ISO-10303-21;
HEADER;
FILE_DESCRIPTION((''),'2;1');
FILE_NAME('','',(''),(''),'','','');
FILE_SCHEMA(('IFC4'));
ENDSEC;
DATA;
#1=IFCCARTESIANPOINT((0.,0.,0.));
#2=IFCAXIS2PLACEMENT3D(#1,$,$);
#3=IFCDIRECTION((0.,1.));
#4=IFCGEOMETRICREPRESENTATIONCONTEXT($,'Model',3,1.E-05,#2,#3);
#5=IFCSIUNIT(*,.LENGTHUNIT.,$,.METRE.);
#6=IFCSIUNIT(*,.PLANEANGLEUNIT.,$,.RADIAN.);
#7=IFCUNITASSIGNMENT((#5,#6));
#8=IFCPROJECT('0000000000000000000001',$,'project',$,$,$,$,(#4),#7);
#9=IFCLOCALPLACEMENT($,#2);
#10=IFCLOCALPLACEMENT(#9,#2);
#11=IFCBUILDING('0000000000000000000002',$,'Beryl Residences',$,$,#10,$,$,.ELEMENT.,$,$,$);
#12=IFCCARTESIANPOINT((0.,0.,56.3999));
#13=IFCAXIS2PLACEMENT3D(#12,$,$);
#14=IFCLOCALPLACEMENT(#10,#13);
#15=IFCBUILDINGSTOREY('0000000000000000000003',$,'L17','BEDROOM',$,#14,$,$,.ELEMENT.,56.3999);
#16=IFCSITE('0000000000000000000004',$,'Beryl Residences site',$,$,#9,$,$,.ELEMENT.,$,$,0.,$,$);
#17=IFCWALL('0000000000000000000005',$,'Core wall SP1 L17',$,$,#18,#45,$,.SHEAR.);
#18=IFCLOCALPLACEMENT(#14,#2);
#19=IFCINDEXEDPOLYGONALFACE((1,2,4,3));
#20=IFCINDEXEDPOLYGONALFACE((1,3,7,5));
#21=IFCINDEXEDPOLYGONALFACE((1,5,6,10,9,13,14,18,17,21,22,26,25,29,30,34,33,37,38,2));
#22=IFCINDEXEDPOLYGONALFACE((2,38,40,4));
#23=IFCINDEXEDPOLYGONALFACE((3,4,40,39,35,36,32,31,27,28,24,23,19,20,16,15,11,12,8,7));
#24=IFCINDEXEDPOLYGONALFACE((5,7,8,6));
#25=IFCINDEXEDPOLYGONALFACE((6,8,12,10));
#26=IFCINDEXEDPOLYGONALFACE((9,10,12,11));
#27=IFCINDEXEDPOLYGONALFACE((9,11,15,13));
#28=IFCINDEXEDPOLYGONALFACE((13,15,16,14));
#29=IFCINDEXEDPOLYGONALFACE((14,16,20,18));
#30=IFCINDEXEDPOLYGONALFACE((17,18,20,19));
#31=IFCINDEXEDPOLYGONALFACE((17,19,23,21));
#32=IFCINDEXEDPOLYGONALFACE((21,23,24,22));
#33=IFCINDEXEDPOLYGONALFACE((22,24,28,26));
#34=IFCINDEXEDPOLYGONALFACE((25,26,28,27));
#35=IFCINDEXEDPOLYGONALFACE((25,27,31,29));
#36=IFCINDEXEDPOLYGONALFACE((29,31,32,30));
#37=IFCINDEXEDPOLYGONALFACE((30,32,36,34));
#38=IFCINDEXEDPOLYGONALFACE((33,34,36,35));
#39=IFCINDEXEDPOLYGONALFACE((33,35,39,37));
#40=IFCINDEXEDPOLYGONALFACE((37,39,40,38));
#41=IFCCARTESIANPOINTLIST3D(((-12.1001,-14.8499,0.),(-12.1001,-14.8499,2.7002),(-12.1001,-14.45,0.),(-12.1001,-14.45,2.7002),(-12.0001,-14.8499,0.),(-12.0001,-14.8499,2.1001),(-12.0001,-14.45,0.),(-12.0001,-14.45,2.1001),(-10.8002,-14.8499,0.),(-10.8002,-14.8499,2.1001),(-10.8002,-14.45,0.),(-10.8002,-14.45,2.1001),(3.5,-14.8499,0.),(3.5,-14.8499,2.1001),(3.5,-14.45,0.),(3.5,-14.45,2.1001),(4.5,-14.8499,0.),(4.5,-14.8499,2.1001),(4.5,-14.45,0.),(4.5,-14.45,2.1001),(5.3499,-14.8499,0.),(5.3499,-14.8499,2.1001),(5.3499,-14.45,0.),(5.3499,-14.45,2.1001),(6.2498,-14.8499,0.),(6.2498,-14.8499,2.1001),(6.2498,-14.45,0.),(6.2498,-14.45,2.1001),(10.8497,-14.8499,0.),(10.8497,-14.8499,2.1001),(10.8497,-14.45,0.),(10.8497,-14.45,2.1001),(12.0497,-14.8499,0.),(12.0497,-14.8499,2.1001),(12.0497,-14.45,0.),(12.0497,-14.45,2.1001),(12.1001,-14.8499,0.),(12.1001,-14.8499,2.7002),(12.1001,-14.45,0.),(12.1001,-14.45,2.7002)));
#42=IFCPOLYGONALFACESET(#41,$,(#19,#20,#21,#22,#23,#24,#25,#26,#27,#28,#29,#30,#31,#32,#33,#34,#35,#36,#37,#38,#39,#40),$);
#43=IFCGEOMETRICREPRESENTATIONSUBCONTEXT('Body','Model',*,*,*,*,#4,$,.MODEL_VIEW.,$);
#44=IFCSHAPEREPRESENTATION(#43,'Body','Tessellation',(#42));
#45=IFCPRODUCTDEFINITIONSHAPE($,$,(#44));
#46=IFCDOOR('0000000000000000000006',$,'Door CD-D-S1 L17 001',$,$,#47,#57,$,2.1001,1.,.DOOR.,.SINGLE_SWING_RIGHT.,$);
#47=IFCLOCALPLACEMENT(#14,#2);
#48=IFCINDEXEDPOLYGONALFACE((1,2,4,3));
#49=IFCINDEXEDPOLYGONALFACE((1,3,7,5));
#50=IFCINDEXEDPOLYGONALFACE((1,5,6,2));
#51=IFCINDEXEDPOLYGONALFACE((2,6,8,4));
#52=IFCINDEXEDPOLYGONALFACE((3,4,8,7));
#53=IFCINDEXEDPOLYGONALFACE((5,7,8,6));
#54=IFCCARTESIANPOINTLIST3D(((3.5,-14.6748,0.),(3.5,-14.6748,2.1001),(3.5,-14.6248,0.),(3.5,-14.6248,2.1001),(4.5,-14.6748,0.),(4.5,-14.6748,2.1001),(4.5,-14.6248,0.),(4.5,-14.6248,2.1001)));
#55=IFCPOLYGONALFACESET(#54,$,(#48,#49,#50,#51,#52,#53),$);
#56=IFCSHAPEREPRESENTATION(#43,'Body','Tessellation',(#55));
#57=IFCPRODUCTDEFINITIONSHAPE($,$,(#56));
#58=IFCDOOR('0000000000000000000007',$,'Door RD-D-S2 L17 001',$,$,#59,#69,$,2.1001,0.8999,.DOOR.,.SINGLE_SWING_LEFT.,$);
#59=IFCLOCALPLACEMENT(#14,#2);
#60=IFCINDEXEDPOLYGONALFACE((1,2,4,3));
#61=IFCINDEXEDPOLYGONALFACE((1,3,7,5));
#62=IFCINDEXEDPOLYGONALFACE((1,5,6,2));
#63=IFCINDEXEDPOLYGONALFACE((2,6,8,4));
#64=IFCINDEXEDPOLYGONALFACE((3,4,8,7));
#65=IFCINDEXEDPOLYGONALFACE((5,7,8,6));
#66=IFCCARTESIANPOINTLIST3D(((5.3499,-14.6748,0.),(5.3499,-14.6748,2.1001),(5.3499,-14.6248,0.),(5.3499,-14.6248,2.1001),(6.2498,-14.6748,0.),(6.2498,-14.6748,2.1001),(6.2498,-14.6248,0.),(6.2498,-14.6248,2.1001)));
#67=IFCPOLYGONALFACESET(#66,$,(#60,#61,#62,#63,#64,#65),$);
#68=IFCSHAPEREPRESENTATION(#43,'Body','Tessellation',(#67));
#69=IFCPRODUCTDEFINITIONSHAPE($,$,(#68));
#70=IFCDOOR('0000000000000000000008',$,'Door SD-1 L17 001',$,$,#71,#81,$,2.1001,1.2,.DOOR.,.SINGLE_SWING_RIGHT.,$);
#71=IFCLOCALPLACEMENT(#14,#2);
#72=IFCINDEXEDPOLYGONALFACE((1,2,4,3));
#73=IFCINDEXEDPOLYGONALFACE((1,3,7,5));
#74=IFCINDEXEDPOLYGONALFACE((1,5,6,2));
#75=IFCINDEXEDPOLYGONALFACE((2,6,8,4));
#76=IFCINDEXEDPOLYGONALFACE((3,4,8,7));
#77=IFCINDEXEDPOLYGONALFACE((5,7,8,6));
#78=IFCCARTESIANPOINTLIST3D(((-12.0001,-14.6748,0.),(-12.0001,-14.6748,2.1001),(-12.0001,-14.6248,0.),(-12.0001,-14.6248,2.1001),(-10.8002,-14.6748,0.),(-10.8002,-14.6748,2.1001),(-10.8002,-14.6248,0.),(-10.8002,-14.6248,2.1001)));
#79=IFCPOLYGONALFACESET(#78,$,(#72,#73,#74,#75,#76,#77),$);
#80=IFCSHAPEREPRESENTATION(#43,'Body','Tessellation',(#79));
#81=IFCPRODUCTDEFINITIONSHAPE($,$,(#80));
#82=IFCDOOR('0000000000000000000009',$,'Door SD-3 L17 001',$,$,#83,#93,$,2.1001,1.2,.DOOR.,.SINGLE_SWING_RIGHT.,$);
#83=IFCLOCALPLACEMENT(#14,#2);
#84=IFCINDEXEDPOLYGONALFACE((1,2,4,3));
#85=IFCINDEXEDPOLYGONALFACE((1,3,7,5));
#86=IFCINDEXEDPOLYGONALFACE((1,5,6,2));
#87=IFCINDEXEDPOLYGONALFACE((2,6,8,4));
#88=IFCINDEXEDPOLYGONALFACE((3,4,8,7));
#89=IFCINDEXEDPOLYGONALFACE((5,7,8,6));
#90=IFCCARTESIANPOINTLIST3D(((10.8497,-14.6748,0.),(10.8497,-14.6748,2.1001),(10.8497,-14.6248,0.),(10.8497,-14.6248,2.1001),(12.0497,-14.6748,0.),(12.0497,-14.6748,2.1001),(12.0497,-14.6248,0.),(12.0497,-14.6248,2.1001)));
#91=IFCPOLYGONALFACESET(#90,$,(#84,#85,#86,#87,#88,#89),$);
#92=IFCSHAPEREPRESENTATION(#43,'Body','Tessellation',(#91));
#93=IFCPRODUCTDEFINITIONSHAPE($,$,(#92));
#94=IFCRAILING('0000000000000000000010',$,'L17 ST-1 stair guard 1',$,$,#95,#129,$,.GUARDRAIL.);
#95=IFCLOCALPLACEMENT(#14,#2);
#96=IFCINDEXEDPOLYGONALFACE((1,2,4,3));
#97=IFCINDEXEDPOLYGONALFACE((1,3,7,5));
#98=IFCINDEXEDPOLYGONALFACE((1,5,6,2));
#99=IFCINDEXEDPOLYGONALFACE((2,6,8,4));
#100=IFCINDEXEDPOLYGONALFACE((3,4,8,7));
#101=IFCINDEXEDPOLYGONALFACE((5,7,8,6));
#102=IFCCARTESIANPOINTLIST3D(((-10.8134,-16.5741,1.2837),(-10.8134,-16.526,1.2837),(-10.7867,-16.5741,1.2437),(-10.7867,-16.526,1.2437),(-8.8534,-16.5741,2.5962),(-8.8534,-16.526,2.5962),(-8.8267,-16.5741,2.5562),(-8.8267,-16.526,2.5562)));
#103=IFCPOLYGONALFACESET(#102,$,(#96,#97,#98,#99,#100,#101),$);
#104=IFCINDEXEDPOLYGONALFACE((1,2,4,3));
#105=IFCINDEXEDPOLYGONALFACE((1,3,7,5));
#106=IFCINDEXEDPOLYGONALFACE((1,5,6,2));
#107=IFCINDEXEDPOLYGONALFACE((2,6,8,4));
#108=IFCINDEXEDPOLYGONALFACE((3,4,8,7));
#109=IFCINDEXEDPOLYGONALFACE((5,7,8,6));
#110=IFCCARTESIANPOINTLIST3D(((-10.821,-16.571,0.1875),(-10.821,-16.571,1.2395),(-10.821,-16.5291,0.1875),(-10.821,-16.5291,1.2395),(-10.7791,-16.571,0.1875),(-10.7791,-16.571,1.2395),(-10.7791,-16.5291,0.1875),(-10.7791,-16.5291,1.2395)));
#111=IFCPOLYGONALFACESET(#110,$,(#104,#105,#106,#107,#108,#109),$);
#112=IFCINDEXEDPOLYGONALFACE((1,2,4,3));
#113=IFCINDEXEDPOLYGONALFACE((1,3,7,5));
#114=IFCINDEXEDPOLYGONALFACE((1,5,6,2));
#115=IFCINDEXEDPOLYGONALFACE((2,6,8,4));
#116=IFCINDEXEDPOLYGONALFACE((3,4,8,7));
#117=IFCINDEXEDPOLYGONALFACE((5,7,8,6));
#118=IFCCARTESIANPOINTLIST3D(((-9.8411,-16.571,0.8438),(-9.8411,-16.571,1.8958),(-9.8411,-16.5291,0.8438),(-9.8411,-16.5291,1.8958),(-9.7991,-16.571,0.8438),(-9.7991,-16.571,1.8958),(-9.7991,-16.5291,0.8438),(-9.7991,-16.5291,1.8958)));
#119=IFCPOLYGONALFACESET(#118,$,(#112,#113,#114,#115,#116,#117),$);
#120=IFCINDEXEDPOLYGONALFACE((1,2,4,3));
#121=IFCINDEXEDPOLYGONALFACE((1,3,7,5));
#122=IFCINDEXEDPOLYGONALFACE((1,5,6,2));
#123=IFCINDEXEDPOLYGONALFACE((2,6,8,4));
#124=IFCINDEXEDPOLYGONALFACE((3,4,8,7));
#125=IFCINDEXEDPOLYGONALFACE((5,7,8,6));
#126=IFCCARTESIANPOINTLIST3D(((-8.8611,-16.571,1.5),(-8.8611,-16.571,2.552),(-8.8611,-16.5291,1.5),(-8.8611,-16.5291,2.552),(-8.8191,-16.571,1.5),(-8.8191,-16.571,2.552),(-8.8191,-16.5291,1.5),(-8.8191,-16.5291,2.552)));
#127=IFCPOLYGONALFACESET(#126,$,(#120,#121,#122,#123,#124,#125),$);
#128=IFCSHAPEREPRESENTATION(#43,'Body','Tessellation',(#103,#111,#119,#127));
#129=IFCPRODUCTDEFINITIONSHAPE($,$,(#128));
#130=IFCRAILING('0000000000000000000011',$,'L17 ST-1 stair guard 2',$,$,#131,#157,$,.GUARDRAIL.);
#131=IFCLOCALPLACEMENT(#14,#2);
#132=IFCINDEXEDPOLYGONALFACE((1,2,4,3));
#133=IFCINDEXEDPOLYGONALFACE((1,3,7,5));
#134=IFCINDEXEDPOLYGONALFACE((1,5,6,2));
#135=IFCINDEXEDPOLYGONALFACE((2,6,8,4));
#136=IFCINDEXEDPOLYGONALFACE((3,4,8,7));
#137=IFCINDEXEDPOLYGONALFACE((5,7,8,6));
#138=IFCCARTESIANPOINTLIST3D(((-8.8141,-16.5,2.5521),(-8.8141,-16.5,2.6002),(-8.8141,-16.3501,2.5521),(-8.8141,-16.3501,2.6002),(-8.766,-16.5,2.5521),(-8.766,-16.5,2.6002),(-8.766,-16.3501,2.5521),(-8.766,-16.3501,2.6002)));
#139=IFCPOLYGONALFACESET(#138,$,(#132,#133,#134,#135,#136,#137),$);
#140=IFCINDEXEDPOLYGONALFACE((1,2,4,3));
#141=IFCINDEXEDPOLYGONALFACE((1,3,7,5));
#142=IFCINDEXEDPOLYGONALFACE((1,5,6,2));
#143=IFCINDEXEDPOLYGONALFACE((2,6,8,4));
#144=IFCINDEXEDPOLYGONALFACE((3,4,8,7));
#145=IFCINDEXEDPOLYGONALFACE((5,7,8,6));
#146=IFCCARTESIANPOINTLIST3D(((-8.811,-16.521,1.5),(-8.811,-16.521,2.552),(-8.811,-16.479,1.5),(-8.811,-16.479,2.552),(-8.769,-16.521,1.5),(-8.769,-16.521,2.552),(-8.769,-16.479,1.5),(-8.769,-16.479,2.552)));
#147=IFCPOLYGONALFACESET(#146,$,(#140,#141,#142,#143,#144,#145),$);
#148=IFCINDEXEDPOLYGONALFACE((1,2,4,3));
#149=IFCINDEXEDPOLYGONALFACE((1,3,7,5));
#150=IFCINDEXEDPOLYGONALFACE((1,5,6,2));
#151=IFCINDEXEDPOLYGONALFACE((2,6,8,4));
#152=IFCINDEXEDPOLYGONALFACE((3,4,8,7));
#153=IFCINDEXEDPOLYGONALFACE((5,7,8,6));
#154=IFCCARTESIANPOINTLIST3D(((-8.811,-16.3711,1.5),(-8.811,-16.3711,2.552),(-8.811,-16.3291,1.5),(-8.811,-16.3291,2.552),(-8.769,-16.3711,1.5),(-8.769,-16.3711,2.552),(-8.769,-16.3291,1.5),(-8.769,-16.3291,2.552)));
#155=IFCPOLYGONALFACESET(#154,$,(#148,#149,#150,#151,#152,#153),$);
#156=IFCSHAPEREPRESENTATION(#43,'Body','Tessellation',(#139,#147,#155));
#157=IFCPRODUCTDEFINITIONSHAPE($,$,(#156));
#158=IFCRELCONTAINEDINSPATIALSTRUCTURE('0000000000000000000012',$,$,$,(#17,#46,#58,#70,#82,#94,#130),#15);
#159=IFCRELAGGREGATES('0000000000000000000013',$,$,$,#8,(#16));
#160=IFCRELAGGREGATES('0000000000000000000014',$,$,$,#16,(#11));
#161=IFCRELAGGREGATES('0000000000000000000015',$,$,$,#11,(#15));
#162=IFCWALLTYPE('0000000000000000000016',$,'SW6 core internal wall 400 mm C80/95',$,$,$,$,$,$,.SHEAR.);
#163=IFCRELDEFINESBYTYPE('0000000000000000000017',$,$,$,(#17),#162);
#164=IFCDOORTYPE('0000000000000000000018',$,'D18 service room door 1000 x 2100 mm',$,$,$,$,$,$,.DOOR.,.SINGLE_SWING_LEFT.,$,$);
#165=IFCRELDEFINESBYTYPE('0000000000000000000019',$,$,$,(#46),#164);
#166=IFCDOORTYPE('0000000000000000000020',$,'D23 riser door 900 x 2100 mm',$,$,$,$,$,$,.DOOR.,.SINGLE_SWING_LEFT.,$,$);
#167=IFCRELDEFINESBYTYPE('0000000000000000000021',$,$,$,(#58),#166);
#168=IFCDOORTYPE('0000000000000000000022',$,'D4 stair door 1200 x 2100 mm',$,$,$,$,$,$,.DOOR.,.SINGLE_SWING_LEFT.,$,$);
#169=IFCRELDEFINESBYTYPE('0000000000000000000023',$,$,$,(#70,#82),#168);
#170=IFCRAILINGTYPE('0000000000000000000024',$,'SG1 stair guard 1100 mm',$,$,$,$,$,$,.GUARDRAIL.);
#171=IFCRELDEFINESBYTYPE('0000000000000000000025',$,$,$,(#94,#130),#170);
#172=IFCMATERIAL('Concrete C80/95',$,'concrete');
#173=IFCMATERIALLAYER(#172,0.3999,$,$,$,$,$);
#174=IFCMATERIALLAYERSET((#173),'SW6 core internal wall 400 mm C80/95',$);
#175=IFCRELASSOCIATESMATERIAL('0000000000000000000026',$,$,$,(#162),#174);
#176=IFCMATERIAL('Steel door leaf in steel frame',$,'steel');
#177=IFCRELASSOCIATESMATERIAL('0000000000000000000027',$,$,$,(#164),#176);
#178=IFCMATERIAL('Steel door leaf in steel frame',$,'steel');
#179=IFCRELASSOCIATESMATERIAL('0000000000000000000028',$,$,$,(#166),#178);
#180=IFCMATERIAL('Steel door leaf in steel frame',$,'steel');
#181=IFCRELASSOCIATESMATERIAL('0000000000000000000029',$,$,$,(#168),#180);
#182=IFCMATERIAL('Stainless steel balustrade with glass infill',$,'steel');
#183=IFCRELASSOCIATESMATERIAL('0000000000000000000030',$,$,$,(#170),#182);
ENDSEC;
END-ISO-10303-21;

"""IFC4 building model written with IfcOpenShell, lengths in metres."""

from ifc_helpers import new_model, si_unit, direction, frame, frame_2d, origin, origin_2d, place, context, subcontext, project, spatial, rectangle, extrude, material, layer, layer_set, type_object, element, fill, save


model = new_model("IFC4")

# Units and contexts
model_context = context("Model", 3, precision=1e-05, world=origin(), true_north=direction((0.0, 1.0)))
body_context = subcontext(model_context, "Body", "Model", "MODEL_VIEW")
ifc_project = project(units=[si_unit("LENGTHUNIT", "METRE"), si_unit("PLANEANGLEUNIT", "RADIAN")], contexts=[model_context])

# Site, building, storey
site_placement = place(None, origin())
site = spatial("IfcSite", under=ifc_project, at=site_placement, Name="Beryl Residences site", CompositionType="ELEMENT", RefElevation=0.0)
building_placement = place(site_placement, origin())
building = spatial("IfcBuilding", under=site, at=building_placement, Name="Beryl Residences", CompositionType="ELEMENT")
storey_placement = place(building_placement, frame((0.0, 0.0, 56.3999)))
storey = spatial("IfcBuildingStorey", under=building, at=storey_placement, Name="L17", Description="BEDROOM", CompositionType="ELEMENT", Elevation=56.3999)

# Wall, openings, doors
ifc_material_1 = material(Name="Concrete C80/95", Category="concrete")
ifc_layer_1 = layer(ifc_material_1, 0.3999)
ifc_layer_set_1 = layer_set([ifc_layer_1], Name="SW6 core internal wall 400 mm C80/95")
wall_type_1 = type_object("IfcWallType", Name="SW6 core internal wall 400 mm C80/95", PredefinedType="SHEAR", material=ifc_layer_set_1)
wall_1_placement = place(storey_placement, frame((-12.1001, -14.6499, 0.0), z_axis=(0.0, 0.0, 1.0), x_axis=(1.0, 0.0, 0.0)))
wall_1 = element("IfcWall", 1, at=wall_1_placement, inside=storey, type_object=wall_type_1, Name="Core wall SP1 L17", PredefinedType="SHEAR", context=body_context, shape_type="SweptSolid", body=[
    extrude(rectangle(XDim=24.2002, YDim=0.3999, at=frame_2d((12.1001, 0.0))), origin(), (0.0, 0.0, 1.0), 2.7002),
])
opening_1_placement = place(wall_1_placement, frame((1.3, 0.0, 0.0), z_axis=(0.0, 0.0, 1.0), x_axis=(-1.0, 0.0, 0.0)))
opening_1 = element("IfcOpeningElement", 2, at=opening_1_placement, cuts=wall_1, PredefinedType="OPENING", context=body_context, shape_type="SweptSolid", body=[
    extrude(rectangle(XDim=1.2, YDim=2.1001, at=frame_2d((0.6001, 1.05))), frame((0.0, 0.21, 0.0), z_axis=(0.0, -1.0, 0.0), x_axis=(1.0, 0.0, 0.0)), (0.0, 0.0, 1.0), 0.4199),
])
opening_2_placement = place(wall_1_placement, frame((24.1499, 0.0, 0.0), z_axis=(0.0, 0.0, 1.0), x_axis=(-1.0, 0.0, 0.0)))
opening_2 = element("IfcOpeningElement", 3, at=opening_2_placement, cuts=wall_1, PredefinedType="OPENING", context=body_context, shape_type="SweptSolid", body=[
    extrude(rectangle(XDim=1.2, YDim=2.1001, at=frame_2d((0.6001, 1.05))), frame((0.0, 0.21, 0.0), z_axis=(0.0, -1.0, 0.0), x_axis=(1.0, 0.0, 0.0)), (0.0, 0.0, 1.0), 0.4199),
])
opening_3_placement = place(wall_1_placement, frame((16.6001, 0.0, 0.0), z_axis=(0.0, 0.0, 1.0), x_axis=(-1.0, 0.0, 0.0)))
opening_3 = element("IfcOpeningElement", 4, at=opening_3_placement, cuts=wall_1, PredefinedType="OPENING", context=body_context, shape_type="SweptSolid", body=[
    extrude(rectangle(XDim=1.0, YDim=2.1001, at=frame_2d((0.5, 1.05))), frame((0.0, 0.21, 0.0), z_axis=(0.0, -1.0, 0.0), x_axis=(1.0, 0.0, 0.0)), (0.0, 0.0, 1.0), 0.4199),
])
opening_4_placement = place(wall_1_placement, frame((18.3499, 0.0, 0.0), z_axis=(0.0, 0.0, 1.0), x_axis=(-1.0, 0.0, 0.0)))
opening_4 = element("IfcOpeningElement", 5, at=opening_4_placement, cuts=wall_1, PredefinedType="OPENING", context=body_context, shape_type="SweptSolid", body=[
    extrude(rectangle(XDim=0.8999, YDim=2.1001, at=frame_2d((0.45, 1.05))), frame((0.0, 0.21, 0.0), z_axis=(0.0, -1.0, 0.0), x_axis=(1.0, 0.0, 0.0)), (0.0, 0.0, 1.0), 0.4199),
])
ifc_material_2 = material(Name="Steel door leaf in steel frame", Category="steel")
door_type_1 = type_object("IfcDoorType", Name="D18 service room door 1000 x 2100 mm", OperationType="SINGLE_SWING_LEFT", PredefinedType="DOOR", material=ifc_material_2)
door_1_placement = place(opening_3_placement, origin())
door_1 = element("IfcDoor", 6, at=door_1_placement, inside=storey, type_object=door_type_1, Name="Door CD-D-S1 L17 001", OperationType="SINGLE_SWING_RIGHT", OverallHeight=2.1001, OverallWidth=1.0, PredefinedType="DOOR", context=body_context, shape_type="SweptSolid", body=[
    extrude(rectangle(XDim=1.0, YDim=2.1001, at=frame_2d((0.5, 1.05))), frame((0.0, 0.0249, 0.0), z_axis=(0.0, -1.0, 0.0), x_axis=(1.0, 0.0, 0.0)), (0.0, 0.0, 1.0), 0.05),
])
fill(opening_3, door_1)
ifc_material_3 = material(Name="Steel door leaf in steel frame", Category="steel")
door_type_2 = type_object("IfcDoorType", Name="D23 riser door 900 x 2100 mm", OperationType="SINGLE_SWING_LEFT", PredefinedType="DOOR", material=ifc_material_3)
door_2_placement = place(opening_4_placement, origin())
door_2 = element("IfcDoor", 7, at=door_2_placement, inside=storey, type_object=door_type_2, Name="Door RD-D-S2 L17 001", OperationType="SINGLE_SWING_LEFT", OverallHeight=2.1001, OverallWidth=0.8999, PredefinedType="DOOR", context=body_context, shape_type="SweptSolid", body=[
    extrude(rectangle(XDim=0.8999, YDim=2.1001, at=frame_2d((0.45, 1.05))), frame((0.0, 0.0249, 0.0), z_axis=(0.0, -1.0, 0.0), x_axis=(1.0, 0.0, 0.0)), (0.0, 0.0, 1.0), 0.05),
])
fill(opening_4, door_2)
ifc_material_4 = material(Name="Steel door leaf in steel frame", Category="steel")
door_type_3 = type_object("IfcDoorType", Name="D4 stair door 1200 x 2100 mm", OperationType="SINGLE_SWING_LEFT", PredefinedType="DOOR", material=ifc_material_4)
door_3_placement = place(opening_1_placement, origin())
door_3 = element("IfcDoor", 8, at=door_3_placement, inside=storey, type_object=door_type_3, Name="Door SD-1 L17 001", OperationType="SINGLE_SWING_RIGHT", OverallHeight=2.1001, OverallWidth=1.2, PredefinedType="DOOR", context=body_context, shape_type="SweptSolid", body=[
    extrude(rectangle(XDim=1.2, YDim=2.1001, at=frame_2d((0.6001, 1.05))), frame((0.0, 0.0249, 0.0), z_axis=(0.0, -1.0, 0.0), x_axis=(1.0, 0.0, 0.0)), (0.0, 0.0, 1.0), 0.05),
])
fill(opening_1, door_3)
door_4_placement = place(opening_2_placement, origin())
door_4 = element("IfcDoor", 9, at=door_4_placement, inside=storey, type_object=door_type_3, Name="Door SD-3 L17 001", OperationType="SINGLE_SWING_RIGHT", OverallHeight=2.1001, OverallWidth=1.2, PredefinedType="DOOR", context=body_context, shape_type="SweptSolid", body=[
    extrude(rectangle(XDim=1.2, YDim=2.1001, at=frame_2d((0.6001, 1.05))), frame((0.0, 0.0249, 0.0), z_axis=(0.0, -1.0, 0.0), x_axis=(1.0, 0.0, 0.0)), (0.0, 0.0, 1.0), 0.05),
])
fill(opening_2, door_4)

# Railings
ifc_material_5 = material(Name="Stainless steel balustrade with glass infill", Category="steel")
railing_type_1 = type_object("IfcRailingType", Name="SG1 stair guard 1100 mm", PredefinedType="GUARDRAIL", material=ifc_material_5)
railing_1_placement = place(storey_placement, frame((-10.8, -16.55, 0.1875)))
element("IfcRailing", 10, at=railing_1_placement, inside=storey, type_object=railing_type_1, Name="L17 ST-1 stair guard 1", PredefinedType="GUARDRAIL", context=body_context, shape_type="SweptSolid", body=[
    extrude(rectangle(XDim=0.0481, YDim=0.0481, at=origin_2d()), frame((0.0, 0.0, 1.0762), z_axis=(0.830902, 0.0, 0.556419), x_axis=(0.0, 1.0, 0.0)), (0.0, 0.0, 1.0), 2.3589),
    extrude(rectangle(XDim=0.042, YDim=0.042, at=origin_2d()), origin(), (0.0, 0.0, 1.0), 1.052),
    extrude(rectangle(XDim=0.042, YDim=0.042, at=origin_2d()), frame((0.98, 0.0, 0.6562)), (0.0, 0.0, 1.0), 1.052),
    extrude(rectangle(XDim=0.042, YDim=0.042, at=origin_2d()), frame((1.96, 0.0, 1.3125)), (0.0, 0.0, 1.0), 1.052),
])
railing_2_placement = place(storey_placement, frame((-8.79, -16.5, 1.5)))
element("IfcRailing", 11, at=railing_2_placement, inside=storey, type_object=railing_type_1, Name="L17 ST-1 stair guard 2", PredefinedType="GUARDRAIL", context=body_context, shape_type="SweptSolid", body=[
    extrude(rectangle(XDim=0.0481, YDim=0.0481, at=origin_2d()), frame((0.0, 0.0, 1.0762), z_axis=(0.0, 1.0, 0.0), x_axis=(-1.0, 0.0, 0.0)), (0.0, 0.0, 1.0), 0.1499),
    extrude(rectangle(XDim=0.042, YDim=0.042, at=origin_2d()), origin(), (0.0, 0.0, 1.0), 1.052),
    extrude(rectangle(XDim=0.042, YDim=0.042, at=origin_2d()), frame((0.0, 0.1499, 0.0)), (0.0, 0.0, 1.0), 1.052),
])

save(model, "model.ifc")
